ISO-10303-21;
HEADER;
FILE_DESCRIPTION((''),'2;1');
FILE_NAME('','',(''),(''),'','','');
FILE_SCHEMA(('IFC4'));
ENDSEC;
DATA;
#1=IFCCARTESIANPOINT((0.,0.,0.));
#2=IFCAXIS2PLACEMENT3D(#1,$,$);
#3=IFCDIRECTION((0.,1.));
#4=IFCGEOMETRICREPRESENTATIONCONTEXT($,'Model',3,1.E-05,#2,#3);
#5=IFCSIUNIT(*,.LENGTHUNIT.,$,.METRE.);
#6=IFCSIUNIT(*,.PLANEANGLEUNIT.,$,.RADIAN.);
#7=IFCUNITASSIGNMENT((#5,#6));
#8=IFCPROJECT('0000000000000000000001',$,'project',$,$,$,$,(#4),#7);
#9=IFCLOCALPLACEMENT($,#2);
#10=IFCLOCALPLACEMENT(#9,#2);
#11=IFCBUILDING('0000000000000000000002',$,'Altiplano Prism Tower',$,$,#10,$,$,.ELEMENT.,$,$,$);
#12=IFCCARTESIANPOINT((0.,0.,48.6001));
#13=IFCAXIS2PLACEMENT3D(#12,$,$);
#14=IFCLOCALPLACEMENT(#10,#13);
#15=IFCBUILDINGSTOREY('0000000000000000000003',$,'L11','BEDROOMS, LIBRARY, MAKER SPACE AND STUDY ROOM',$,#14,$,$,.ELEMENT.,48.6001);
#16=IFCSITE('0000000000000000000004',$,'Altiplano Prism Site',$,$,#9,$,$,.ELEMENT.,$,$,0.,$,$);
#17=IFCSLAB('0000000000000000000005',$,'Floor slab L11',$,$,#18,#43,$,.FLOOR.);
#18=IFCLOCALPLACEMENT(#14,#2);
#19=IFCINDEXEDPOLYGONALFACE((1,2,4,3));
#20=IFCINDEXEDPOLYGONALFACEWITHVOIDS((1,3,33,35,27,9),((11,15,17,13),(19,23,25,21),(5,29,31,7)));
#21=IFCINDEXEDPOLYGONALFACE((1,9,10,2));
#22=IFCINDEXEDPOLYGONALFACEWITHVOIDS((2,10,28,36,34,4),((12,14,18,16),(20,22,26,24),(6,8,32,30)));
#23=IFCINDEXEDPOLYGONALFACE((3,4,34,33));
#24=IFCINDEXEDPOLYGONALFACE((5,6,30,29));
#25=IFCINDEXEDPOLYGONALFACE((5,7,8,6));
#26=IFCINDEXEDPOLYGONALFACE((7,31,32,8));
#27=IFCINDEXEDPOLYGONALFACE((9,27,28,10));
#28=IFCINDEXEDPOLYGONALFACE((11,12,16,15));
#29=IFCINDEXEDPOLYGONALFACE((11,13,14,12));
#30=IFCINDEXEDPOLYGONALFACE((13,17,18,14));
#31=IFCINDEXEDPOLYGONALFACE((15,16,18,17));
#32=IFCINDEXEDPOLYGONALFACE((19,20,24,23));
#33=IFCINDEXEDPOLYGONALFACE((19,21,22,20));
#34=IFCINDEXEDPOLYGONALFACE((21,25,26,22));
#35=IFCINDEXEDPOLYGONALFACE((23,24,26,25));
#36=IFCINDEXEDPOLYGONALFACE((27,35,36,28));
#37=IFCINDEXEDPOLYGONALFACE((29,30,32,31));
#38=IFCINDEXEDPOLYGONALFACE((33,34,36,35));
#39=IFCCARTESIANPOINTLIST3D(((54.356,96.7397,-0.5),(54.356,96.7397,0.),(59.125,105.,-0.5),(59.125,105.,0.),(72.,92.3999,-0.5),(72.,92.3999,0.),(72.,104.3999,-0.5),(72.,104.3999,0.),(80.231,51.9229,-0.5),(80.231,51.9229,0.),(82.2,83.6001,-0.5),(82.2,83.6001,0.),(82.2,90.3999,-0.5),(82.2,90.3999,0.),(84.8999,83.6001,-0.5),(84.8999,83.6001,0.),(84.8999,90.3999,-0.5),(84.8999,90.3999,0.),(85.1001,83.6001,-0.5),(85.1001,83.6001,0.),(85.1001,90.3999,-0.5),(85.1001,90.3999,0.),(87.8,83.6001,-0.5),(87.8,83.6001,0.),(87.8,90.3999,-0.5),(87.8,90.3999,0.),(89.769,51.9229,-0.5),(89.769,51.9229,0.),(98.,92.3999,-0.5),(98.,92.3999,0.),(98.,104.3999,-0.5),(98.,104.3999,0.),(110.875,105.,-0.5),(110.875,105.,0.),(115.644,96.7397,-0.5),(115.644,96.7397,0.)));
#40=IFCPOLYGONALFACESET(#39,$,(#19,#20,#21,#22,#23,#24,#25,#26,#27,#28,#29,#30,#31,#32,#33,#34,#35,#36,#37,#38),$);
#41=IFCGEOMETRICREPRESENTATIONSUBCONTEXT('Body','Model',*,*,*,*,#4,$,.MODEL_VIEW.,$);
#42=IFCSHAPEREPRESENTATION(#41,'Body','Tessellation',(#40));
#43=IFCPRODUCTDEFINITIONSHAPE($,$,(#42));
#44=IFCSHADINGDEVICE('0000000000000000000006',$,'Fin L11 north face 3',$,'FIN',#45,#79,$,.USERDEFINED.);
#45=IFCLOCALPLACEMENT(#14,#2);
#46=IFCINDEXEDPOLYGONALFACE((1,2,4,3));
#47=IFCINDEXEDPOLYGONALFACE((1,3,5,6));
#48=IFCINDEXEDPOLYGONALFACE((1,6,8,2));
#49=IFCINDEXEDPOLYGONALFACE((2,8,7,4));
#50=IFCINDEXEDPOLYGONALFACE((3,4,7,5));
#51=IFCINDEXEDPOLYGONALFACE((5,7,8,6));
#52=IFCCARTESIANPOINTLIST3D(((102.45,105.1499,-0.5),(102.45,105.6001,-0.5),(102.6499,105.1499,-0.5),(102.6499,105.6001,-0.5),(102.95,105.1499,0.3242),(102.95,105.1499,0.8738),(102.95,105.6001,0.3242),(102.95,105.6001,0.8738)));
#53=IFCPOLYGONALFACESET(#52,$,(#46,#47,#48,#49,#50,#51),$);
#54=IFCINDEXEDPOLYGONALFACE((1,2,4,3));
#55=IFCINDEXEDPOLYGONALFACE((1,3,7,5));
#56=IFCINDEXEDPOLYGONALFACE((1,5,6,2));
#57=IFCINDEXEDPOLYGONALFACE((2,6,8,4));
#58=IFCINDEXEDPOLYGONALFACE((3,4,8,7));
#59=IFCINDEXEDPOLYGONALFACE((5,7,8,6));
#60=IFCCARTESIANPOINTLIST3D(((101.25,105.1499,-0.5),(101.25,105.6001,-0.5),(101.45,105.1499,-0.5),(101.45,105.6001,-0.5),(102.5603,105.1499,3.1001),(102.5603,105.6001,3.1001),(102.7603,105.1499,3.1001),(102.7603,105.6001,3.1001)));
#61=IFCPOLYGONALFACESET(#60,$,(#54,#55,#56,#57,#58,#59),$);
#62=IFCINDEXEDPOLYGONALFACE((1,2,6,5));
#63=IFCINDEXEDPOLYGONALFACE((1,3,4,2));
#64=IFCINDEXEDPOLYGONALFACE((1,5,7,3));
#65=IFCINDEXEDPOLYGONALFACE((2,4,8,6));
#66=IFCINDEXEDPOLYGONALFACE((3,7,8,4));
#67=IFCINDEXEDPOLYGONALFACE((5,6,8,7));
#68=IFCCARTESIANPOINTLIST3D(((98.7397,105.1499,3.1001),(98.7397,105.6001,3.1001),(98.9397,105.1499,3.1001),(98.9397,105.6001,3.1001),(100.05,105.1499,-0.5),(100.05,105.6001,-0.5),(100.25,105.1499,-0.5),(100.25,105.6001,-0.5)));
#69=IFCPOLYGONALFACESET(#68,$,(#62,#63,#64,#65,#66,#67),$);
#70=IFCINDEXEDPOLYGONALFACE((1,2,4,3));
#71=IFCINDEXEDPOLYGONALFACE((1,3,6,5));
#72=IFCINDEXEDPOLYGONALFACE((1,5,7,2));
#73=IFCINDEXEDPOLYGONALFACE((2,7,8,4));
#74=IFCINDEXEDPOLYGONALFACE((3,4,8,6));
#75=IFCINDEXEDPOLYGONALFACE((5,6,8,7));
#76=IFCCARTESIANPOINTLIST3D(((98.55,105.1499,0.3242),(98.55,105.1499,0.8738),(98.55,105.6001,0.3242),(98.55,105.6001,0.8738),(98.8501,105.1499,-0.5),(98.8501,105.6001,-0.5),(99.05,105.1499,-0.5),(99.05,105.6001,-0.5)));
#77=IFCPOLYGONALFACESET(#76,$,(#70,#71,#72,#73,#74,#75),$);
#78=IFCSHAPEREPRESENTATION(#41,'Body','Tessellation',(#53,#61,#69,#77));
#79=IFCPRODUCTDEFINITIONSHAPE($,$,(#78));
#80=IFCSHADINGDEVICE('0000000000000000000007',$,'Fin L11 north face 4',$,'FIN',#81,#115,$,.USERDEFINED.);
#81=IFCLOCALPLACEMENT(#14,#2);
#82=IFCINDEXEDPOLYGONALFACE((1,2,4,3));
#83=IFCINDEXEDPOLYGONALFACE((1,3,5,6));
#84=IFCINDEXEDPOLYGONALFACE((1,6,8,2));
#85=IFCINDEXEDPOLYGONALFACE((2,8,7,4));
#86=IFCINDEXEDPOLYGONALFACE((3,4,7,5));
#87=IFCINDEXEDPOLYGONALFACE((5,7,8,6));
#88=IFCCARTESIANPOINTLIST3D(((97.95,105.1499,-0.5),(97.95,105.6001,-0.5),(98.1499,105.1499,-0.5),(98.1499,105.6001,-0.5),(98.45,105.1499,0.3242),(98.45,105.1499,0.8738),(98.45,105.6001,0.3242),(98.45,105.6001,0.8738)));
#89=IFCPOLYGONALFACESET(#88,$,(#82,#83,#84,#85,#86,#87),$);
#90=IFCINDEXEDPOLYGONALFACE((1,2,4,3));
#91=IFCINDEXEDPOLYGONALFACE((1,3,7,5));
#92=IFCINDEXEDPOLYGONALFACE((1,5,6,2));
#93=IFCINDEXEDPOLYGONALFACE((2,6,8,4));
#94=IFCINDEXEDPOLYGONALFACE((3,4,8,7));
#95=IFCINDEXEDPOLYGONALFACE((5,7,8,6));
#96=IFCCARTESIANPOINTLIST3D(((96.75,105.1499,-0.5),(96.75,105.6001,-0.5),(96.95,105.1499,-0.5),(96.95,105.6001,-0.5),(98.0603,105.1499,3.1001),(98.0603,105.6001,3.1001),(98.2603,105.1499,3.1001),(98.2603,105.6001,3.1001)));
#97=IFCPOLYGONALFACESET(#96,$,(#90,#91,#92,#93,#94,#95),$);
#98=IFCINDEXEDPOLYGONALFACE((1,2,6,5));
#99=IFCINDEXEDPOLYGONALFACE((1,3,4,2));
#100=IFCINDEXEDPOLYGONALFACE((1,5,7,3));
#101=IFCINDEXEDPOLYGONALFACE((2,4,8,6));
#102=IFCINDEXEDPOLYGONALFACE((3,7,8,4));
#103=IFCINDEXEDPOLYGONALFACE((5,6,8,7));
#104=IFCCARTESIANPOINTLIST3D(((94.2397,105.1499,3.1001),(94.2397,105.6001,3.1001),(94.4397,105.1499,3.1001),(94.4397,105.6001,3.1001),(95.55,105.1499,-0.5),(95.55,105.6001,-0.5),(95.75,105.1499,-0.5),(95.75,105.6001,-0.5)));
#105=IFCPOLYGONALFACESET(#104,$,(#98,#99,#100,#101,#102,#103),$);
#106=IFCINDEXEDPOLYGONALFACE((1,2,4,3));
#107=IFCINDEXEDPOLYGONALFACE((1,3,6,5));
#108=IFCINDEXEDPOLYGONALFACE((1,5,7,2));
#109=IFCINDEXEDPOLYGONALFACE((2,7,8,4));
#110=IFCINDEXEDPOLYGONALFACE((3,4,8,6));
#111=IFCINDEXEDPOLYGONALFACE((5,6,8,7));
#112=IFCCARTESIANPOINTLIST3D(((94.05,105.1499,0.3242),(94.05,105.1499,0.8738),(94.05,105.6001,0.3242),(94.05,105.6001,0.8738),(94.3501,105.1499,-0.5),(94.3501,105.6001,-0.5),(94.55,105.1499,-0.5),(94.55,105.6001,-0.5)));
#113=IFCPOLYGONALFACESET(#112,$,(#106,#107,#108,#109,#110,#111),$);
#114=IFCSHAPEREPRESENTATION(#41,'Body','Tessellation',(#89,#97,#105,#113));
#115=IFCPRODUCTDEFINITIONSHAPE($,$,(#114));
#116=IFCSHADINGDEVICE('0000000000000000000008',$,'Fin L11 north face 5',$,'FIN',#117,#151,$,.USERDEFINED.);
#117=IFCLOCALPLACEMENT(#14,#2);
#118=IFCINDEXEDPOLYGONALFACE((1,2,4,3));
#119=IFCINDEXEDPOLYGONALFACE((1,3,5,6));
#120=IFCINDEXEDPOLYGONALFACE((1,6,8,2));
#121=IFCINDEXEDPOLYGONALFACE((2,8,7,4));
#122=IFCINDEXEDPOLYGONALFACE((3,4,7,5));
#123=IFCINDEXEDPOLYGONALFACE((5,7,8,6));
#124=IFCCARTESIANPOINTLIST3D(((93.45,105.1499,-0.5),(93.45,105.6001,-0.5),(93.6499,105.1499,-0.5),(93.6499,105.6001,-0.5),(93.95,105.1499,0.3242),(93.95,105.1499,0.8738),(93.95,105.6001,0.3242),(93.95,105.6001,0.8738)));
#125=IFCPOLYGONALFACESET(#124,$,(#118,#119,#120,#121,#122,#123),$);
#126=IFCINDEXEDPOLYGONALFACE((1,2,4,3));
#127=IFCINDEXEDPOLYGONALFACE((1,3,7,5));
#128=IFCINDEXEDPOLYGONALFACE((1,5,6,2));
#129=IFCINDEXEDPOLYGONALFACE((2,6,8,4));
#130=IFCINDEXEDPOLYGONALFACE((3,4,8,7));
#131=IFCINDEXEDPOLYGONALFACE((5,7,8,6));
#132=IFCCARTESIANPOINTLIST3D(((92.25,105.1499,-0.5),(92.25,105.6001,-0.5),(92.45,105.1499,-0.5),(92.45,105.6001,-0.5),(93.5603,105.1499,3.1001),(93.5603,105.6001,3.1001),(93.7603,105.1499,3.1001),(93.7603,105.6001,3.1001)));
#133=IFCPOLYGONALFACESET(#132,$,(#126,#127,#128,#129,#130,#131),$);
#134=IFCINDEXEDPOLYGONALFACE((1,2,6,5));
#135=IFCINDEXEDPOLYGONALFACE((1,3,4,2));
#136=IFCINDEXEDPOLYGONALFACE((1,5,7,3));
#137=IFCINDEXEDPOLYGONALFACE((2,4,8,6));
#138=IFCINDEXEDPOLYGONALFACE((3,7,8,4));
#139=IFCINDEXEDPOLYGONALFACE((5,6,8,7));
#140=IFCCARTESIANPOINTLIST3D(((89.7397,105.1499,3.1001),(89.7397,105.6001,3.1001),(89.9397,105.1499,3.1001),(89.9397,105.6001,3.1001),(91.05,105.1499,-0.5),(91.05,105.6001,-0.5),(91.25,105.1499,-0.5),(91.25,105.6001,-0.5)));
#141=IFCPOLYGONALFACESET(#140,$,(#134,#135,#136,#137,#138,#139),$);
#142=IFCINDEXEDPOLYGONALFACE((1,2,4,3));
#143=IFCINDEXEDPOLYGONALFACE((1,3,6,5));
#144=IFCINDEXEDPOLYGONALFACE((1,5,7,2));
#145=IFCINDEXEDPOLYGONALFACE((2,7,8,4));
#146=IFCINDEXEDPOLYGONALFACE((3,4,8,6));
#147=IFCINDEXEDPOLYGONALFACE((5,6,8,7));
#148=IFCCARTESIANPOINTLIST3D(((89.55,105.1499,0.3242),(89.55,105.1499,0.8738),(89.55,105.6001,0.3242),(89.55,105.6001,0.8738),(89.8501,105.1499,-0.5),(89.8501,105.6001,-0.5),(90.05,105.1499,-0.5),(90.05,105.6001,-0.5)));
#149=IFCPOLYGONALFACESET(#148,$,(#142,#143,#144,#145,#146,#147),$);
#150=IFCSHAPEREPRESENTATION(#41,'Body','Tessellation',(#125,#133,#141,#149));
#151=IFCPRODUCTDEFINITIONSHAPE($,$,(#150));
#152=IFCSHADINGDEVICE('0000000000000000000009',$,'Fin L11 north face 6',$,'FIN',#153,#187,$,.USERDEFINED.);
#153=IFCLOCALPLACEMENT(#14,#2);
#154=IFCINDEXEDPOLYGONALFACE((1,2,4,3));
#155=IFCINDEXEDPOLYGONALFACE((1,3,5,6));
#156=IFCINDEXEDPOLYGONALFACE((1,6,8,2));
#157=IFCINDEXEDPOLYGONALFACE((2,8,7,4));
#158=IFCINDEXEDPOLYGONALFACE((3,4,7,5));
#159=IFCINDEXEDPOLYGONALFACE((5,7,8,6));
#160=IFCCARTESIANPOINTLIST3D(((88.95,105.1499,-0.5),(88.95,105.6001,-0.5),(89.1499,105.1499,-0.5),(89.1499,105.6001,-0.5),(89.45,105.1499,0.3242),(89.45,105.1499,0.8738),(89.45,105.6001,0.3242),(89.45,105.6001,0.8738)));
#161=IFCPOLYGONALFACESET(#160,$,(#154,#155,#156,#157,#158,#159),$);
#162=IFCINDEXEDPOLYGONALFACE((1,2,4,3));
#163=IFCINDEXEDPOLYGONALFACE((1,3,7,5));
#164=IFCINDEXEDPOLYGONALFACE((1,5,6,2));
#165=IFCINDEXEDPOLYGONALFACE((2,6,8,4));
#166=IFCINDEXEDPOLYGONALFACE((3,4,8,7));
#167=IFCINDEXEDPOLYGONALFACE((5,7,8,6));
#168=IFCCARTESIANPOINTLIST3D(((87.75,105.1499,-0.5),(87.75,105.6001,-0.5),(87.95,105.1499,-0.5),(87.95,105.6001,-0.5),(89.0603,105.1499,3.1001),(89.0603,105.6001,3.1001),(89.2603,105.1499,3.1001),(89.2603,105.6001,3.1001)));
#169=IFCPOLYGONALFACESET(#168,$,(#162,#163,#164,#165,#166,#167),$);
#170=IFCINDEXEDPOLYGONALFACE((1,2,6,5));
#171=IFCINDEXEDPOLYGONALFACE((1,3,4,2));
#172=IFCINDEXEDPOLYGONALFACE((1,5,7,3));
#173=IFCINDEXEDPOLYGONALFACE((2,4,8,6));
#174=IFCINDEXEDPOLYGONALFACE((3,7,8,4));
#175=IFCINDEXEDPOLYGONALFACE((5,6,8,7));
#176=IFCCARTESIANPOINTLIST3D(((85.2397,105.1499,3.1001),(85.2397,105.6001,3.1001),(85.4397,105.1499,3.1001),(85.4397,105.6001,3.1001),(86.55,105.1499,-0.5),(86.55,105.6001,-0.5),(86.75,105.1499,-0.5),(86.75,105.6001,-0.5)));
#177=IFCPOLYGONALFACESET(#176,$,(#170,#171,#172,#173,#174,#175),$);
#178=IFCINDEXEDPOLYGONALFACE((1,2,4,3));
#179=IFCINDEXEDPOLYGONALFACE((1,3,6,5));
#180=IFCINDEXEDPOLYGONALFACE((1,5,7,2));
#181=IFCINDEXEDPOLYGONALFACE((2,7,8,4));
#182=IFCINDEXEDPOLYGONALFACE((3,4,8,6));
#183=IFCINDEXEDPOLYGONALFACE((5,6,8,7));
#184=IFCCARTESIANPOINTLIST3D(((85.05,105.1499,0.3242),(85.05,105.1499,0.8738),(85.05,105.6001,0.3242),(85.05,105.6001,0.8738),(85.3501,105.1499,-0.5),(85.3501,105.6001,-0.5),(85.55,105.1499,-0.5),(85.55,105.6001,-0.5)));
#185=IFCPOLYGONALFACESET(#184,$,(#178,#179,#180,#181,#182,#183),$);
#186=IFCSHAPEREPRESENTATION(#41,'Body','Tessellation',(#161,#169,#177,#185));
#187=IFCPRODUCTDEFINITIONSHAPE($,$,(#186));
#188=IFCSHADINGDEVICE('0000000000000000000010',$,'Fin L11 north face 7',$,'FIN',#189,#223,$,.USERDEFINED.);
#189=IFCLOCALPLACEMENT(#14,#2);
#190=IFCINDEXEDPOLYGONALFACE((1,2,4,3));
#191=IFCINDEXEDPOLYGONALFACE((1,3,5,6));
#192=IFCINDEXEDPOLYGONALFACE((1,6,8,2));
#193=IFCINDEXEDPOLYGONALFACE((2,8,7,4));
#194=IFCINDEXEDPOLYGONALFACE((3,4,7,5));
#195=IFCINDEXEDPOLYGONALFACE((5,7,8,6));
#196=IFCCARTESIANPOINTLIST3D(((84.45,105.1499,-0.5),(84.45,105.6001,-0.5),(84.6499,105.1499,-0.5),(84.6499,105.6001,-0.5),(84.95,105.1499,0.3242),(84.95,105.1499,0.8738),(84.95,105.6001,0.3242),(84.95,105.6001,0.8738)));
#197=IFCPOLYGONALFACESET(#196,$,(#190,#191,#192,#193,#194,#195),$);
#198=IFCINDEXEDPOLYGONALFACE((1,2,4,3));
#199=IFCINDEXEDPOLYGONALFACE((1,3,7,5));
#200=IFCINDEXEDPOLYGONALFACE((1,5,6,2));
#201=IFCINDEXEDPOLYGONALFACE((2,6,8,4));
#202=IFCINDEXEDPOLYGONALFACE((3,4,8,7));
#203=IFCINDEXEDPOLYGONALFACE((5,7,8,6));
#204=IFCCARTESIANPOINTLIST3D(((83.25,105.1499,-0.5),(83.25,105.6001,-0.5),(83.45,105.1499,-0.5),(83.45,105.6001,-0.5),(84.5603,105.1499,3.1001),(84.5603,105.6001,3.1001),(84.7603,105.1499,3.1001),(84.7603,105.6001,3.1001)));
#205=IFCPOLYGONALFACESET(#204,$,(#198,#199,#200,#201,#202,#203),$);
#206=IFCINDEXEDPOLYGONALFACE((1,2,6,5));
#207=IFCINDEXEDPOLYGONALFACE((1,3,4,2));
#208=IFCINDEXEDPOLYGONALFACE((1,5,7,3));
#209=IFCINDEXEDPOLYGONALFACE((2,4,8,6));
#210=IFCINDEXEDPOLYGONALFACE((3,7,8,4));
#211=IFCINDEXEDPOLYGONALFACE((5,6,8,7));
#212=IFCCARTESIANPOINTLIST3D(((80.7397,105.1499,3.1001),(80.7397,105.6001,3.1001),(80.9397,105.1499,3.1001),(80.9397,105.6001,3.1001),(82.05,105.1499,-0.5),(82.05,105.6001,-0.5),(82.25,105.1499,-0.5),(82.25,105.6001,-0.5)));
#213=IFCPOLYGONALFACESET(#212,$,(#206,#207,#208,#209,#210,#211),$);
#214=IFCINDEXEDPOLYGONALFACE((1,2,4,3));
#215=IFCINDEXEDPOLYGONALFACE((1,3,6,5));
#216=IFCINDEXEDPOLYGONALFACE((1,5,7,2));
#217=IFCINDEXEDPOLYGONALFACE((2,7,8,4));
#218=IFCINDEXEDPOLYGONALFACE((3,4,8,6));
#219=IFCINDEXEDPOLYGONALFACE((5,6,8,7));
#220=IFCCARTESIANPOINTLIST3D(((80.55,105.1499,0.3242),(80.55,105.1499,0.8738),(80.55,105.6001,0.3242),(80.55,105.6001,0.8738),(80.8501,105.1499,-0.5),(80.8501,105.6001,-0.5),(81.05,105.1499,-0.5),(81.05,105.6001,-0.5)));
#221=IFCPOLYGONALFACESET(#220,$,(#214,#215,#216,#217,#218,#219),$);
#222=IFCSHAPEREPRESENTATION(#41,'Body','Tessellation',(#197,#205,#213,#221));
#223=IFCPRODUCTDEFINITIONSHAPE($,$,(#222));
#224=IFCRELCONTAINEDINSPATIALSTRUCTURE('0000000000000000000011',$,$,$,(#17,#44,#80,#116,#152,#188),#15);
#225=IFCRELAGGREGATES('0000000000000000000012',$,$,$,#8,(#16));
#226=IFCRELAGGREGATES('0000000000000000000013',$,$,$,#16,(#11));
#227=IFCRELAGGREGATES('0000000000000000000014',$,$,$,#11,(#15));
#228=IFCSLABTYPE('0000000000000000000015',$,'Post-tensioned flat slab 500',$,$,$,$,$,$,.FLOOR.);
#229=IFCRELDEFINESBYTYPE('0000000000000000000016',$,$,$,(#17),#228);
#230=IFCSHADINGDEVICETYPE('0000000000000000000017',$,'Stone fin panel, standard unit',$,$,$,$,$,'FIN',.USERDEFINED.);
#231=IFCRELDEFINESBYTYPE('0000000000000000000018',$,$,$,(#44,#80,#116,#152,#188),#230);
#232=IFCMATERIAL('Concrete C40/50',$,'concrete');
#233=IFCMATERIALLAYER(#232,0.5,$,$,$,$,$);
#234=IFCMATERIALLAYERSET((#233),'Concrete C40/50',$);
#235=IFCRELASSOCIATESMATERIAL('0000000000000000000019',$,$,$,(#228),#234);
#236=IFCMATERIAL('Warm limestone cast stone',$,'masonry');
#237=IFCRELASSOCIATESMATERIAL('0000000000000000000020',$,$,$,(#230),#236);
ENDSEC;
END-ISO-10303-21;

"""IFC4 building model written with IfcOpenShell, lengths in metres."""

from ifc_helpers import new_model, si_unit, direction, frame, origin, place, context, subcontext, project, spatial, polyline, outline, extrude, source, transform, mapped, material, layer, layer_set, type_object, element, save


model = new_model("IFC4")

# Units and contexts
model_context = context("Model", 3, precision=1e-05, world=origin(), true_north=direction((0.0, 1.0)))
body_context = subcontext(model_context, "Body", "Model", "MODEL_VIEW")
ifc_project = project(units=[si_unit("LENGTHUNIT", "METRE"), si_unit("PLANEANGLEUNIT", "RADIAN")], contexts=[model_context])

# Site, building, storey
site_placement = place(None, origin())
site = spatial("IfcSite", under=ifc_project, at=site_placement, Name="Altiplano Prism Site", CompositionType="ELEMENT", RefElevation=0.0)
building_placement = place(site_placement, origin())
building = spatial("IfcBuilding", under=site, at=building_placement, Name="Altiplano Prism Tower", CompositionType="ELEMENT")
storey_placement = place(building_placement, frame((0.0, 0.0, 48.6001)))
storey = spatial("IfcBuildingStorey", under=building, at=storey_placement, Name="L11", Description="BEDROOMS, LIBRARY, MAKER SPACE AND STUDY ROOM", CompositionType="ELEMENT", Elevation=48.6001)

# Slab
ifc_material_1 = material(Name="Concrete C40/50", Category="concrete")
ifc_layer = layer(ifc_material_1, 0.5)
ifc_layer_set = layer_set([ifc_layer], Name="Concrete C40/50")
slab_type = type_object("IfcSlabType", Name="Post-tensioned flat slab 500", PredefinedType="FLOOR", material=ifc_layer_set)
slab_placement = place(storey_placement, frame((0.0, 0.0, -0.5)))
element("IfcSlab", 1, at=slab_placement, inside=storey, type_object=slab_type, Name="Floor slab L11", PredefinedType="FLOOR", context=body_context, shape_type="SweptSolid", body=[
    extrude(outline(polyline([(80.231, 51.9229), (54.356, 96.7397), (59.125, 105.0), (110.875, 105.0), (115.644, 96.7397), (89.769, 51.9229), (80.231, 51.9229)]), holes=[polyline([(72.0, 104.3999), (72.0, 92.3999), (98.0, 92.3999), (98.0, 104.3999), (72.0, 104.3999)]), polyline([(84.8999, 90.3999), (82.2, 90.3999), (82.2, 83.6001), (84.8999, 83.6001), (84.8999, 90.3999)]), polyline([(87.8, 83.6001), (87.8, 90.3999), (85.1001, 90.3999), (85.1001, 83.6001), (87.8, 83.6001)])]), origin(), (0.0, 0.0, 1.0), 0.5),
])

# Shading devices
ifc_material_2 = material(Name="Warm limestone cast stone", Category="masonry")
shading_device_type_1 = type_object("IfcShadingDeviceType", Name="Stone fin panel, standard unit", ElementType="FIN", PredefinedType="USERDEFINED", material=ifc_material_2)
shared_shape_1 = source(origin(), body_context, "Body", "SweptSolid", [
    extrude(outline(polyline([(-2.2, 1.3738), (-2.2, 0.8242), (-1.8999, 0.0), (-1.7, 0.0), (-2.2, 1.3738)])), frame((0.0, -0.1499, 0.0), z_axis=(0.0, -1.0, 0.0), x_axis=(1.0, 0.0, 0.0)), (0.0, 0.0, 1.0), 0.4502),
    extrude(outline(polyline([(-2.0103, 3.6001), (-0.7, 0.0), (-0.5, 0.0), (-1.8103, 3.6001), (-2.0103, 3.6001)])), frame((0.0, -0.1499, 0.0), z_axis=(0.0, -1.0, 0.0), x_axis=(1.0, 0.0, 0.0)), (0.0, 0.0, 1.0), 0.4502),
    extrude(outline(polyline([(1.8103, 3.6001), (0.5, 0.0), (0.7, 0.0), (2.0103, 3.6001), (1.8103, 3.6001)])), frame((0.0, -0.1499, 0.0), z_axis=(0.0, -1.0, 0.0), x_axis=(1.0, 0.0, 0.0)), (0.0, 0.0, 1.0), 0.4502),
    extrude(outline(polyline([(2.2, 0.8242), (2.2, 1.3738), (1.7, 0.0), (1.8999, 0.0), (2.2, 0.8242)])), frame((0.0, -0.1499, 0.0), z_axis=(0.0, -1.0, 0.0), x_axis=(1.0, 0.0, 0.0)), (0.0, 0.0, 1.0), 0.4502),
])
shading_device_1_placement = place(storey_placement, origin())
element("IfcShadingDevice", 2, at=shading_device_1_placement, inside=storey, type_object=shading_device_type_1, Name="Fin L11 north face 3", ObjectType="FIN", PredefinedType="USERDEFINED", context=body_context, shape_type="MappedRepresentation", body=[
    mapped(shared_shape_1, transform((100.75, 105.0, -0.5), x_axis=(-1.0, 0.0, 0.0), y_axis=(0.0, -1.0, 0.0), z_axis=(0.0, 0.0, 1.0))),
])
shading_device_2_placement = place(storey_placement, origin())
element("IfcShadingDevice", 3, at=shading_device_2_placement, inside=storey, type_object=shading_device_type_1, Name="Fin L11 north face 4", ObjectType="FIN", PredefinedType="USERDEFINED", context=body_context, shape_type="MappedRepresentation", body=[
    mapped(shared_shape_1, transform((96.25, 105.0, -0.5), x_axis=(-1.0, 0.0, 0.0), y_axis=(0.0, -1.0, 0.0), z_axis=(0.0, 0.0, 1.0))),
])
shading_device_3_placement = place(storey_placement, origin())
element("IfcShadingDevice", 4, at=shading_device_3_placement, inside=storey, type_object=shading_device_type_1, Name="Fin L11 north face 5", ObjectType="FIN", PredefinedType="USERDEFINED", context=body_context, shape_type="MappedRepresentation", body=[
    mapped(shared_shape_1, transform((91.75, 105.0, -0.5), x_axis=(-1.0, 0.0, 0.0), y_axis=(0.0, -1.0, 0.0), z_axis=(0.0, 0.0, 1.0))),
])
shading_device_4_placement = place(storey_placement, origin())
element("IfcShadingDevice", 5, at=shading_device_4_placement, inside=storey, type_object=shading_device_type_1, Name="Fin L11 north face 6", ObjectType="FIN", PredefinedType="USERDEFINED", context=body_context, shape_type="MappedRepresentation", body=[
    mapped(shared_shape_1, transform((87.25, 105.0, -0.5), x_axis=(-1.0, 0.0, 0.0), y_axis=(0.0, -1.0, 0.0), z_axis=(0.0, 0.0, 1.0))),
])
shading_device_5_placement = place(storey_placement, origin())
element("IfcShadingDevice", 6, at=shading_device_5_placement, inside=storey, type_object=shading_device_type_1, Name="Fin L11 north face 7", ObjectType="FIN", PredefinedType="USERDEFINED", context=body_context, shape_type="MappedRepresentation", body=[
    mapped(shared_shape_1, transform((82.75, 105.0, -0.5), x_axis=(-1.0, 0.0, 0.0), y_axis=(0.0, -1.0, 0.0), z_axis=(0.0, 0.0, 1.0))),
])

save(model, "model.ifc")
